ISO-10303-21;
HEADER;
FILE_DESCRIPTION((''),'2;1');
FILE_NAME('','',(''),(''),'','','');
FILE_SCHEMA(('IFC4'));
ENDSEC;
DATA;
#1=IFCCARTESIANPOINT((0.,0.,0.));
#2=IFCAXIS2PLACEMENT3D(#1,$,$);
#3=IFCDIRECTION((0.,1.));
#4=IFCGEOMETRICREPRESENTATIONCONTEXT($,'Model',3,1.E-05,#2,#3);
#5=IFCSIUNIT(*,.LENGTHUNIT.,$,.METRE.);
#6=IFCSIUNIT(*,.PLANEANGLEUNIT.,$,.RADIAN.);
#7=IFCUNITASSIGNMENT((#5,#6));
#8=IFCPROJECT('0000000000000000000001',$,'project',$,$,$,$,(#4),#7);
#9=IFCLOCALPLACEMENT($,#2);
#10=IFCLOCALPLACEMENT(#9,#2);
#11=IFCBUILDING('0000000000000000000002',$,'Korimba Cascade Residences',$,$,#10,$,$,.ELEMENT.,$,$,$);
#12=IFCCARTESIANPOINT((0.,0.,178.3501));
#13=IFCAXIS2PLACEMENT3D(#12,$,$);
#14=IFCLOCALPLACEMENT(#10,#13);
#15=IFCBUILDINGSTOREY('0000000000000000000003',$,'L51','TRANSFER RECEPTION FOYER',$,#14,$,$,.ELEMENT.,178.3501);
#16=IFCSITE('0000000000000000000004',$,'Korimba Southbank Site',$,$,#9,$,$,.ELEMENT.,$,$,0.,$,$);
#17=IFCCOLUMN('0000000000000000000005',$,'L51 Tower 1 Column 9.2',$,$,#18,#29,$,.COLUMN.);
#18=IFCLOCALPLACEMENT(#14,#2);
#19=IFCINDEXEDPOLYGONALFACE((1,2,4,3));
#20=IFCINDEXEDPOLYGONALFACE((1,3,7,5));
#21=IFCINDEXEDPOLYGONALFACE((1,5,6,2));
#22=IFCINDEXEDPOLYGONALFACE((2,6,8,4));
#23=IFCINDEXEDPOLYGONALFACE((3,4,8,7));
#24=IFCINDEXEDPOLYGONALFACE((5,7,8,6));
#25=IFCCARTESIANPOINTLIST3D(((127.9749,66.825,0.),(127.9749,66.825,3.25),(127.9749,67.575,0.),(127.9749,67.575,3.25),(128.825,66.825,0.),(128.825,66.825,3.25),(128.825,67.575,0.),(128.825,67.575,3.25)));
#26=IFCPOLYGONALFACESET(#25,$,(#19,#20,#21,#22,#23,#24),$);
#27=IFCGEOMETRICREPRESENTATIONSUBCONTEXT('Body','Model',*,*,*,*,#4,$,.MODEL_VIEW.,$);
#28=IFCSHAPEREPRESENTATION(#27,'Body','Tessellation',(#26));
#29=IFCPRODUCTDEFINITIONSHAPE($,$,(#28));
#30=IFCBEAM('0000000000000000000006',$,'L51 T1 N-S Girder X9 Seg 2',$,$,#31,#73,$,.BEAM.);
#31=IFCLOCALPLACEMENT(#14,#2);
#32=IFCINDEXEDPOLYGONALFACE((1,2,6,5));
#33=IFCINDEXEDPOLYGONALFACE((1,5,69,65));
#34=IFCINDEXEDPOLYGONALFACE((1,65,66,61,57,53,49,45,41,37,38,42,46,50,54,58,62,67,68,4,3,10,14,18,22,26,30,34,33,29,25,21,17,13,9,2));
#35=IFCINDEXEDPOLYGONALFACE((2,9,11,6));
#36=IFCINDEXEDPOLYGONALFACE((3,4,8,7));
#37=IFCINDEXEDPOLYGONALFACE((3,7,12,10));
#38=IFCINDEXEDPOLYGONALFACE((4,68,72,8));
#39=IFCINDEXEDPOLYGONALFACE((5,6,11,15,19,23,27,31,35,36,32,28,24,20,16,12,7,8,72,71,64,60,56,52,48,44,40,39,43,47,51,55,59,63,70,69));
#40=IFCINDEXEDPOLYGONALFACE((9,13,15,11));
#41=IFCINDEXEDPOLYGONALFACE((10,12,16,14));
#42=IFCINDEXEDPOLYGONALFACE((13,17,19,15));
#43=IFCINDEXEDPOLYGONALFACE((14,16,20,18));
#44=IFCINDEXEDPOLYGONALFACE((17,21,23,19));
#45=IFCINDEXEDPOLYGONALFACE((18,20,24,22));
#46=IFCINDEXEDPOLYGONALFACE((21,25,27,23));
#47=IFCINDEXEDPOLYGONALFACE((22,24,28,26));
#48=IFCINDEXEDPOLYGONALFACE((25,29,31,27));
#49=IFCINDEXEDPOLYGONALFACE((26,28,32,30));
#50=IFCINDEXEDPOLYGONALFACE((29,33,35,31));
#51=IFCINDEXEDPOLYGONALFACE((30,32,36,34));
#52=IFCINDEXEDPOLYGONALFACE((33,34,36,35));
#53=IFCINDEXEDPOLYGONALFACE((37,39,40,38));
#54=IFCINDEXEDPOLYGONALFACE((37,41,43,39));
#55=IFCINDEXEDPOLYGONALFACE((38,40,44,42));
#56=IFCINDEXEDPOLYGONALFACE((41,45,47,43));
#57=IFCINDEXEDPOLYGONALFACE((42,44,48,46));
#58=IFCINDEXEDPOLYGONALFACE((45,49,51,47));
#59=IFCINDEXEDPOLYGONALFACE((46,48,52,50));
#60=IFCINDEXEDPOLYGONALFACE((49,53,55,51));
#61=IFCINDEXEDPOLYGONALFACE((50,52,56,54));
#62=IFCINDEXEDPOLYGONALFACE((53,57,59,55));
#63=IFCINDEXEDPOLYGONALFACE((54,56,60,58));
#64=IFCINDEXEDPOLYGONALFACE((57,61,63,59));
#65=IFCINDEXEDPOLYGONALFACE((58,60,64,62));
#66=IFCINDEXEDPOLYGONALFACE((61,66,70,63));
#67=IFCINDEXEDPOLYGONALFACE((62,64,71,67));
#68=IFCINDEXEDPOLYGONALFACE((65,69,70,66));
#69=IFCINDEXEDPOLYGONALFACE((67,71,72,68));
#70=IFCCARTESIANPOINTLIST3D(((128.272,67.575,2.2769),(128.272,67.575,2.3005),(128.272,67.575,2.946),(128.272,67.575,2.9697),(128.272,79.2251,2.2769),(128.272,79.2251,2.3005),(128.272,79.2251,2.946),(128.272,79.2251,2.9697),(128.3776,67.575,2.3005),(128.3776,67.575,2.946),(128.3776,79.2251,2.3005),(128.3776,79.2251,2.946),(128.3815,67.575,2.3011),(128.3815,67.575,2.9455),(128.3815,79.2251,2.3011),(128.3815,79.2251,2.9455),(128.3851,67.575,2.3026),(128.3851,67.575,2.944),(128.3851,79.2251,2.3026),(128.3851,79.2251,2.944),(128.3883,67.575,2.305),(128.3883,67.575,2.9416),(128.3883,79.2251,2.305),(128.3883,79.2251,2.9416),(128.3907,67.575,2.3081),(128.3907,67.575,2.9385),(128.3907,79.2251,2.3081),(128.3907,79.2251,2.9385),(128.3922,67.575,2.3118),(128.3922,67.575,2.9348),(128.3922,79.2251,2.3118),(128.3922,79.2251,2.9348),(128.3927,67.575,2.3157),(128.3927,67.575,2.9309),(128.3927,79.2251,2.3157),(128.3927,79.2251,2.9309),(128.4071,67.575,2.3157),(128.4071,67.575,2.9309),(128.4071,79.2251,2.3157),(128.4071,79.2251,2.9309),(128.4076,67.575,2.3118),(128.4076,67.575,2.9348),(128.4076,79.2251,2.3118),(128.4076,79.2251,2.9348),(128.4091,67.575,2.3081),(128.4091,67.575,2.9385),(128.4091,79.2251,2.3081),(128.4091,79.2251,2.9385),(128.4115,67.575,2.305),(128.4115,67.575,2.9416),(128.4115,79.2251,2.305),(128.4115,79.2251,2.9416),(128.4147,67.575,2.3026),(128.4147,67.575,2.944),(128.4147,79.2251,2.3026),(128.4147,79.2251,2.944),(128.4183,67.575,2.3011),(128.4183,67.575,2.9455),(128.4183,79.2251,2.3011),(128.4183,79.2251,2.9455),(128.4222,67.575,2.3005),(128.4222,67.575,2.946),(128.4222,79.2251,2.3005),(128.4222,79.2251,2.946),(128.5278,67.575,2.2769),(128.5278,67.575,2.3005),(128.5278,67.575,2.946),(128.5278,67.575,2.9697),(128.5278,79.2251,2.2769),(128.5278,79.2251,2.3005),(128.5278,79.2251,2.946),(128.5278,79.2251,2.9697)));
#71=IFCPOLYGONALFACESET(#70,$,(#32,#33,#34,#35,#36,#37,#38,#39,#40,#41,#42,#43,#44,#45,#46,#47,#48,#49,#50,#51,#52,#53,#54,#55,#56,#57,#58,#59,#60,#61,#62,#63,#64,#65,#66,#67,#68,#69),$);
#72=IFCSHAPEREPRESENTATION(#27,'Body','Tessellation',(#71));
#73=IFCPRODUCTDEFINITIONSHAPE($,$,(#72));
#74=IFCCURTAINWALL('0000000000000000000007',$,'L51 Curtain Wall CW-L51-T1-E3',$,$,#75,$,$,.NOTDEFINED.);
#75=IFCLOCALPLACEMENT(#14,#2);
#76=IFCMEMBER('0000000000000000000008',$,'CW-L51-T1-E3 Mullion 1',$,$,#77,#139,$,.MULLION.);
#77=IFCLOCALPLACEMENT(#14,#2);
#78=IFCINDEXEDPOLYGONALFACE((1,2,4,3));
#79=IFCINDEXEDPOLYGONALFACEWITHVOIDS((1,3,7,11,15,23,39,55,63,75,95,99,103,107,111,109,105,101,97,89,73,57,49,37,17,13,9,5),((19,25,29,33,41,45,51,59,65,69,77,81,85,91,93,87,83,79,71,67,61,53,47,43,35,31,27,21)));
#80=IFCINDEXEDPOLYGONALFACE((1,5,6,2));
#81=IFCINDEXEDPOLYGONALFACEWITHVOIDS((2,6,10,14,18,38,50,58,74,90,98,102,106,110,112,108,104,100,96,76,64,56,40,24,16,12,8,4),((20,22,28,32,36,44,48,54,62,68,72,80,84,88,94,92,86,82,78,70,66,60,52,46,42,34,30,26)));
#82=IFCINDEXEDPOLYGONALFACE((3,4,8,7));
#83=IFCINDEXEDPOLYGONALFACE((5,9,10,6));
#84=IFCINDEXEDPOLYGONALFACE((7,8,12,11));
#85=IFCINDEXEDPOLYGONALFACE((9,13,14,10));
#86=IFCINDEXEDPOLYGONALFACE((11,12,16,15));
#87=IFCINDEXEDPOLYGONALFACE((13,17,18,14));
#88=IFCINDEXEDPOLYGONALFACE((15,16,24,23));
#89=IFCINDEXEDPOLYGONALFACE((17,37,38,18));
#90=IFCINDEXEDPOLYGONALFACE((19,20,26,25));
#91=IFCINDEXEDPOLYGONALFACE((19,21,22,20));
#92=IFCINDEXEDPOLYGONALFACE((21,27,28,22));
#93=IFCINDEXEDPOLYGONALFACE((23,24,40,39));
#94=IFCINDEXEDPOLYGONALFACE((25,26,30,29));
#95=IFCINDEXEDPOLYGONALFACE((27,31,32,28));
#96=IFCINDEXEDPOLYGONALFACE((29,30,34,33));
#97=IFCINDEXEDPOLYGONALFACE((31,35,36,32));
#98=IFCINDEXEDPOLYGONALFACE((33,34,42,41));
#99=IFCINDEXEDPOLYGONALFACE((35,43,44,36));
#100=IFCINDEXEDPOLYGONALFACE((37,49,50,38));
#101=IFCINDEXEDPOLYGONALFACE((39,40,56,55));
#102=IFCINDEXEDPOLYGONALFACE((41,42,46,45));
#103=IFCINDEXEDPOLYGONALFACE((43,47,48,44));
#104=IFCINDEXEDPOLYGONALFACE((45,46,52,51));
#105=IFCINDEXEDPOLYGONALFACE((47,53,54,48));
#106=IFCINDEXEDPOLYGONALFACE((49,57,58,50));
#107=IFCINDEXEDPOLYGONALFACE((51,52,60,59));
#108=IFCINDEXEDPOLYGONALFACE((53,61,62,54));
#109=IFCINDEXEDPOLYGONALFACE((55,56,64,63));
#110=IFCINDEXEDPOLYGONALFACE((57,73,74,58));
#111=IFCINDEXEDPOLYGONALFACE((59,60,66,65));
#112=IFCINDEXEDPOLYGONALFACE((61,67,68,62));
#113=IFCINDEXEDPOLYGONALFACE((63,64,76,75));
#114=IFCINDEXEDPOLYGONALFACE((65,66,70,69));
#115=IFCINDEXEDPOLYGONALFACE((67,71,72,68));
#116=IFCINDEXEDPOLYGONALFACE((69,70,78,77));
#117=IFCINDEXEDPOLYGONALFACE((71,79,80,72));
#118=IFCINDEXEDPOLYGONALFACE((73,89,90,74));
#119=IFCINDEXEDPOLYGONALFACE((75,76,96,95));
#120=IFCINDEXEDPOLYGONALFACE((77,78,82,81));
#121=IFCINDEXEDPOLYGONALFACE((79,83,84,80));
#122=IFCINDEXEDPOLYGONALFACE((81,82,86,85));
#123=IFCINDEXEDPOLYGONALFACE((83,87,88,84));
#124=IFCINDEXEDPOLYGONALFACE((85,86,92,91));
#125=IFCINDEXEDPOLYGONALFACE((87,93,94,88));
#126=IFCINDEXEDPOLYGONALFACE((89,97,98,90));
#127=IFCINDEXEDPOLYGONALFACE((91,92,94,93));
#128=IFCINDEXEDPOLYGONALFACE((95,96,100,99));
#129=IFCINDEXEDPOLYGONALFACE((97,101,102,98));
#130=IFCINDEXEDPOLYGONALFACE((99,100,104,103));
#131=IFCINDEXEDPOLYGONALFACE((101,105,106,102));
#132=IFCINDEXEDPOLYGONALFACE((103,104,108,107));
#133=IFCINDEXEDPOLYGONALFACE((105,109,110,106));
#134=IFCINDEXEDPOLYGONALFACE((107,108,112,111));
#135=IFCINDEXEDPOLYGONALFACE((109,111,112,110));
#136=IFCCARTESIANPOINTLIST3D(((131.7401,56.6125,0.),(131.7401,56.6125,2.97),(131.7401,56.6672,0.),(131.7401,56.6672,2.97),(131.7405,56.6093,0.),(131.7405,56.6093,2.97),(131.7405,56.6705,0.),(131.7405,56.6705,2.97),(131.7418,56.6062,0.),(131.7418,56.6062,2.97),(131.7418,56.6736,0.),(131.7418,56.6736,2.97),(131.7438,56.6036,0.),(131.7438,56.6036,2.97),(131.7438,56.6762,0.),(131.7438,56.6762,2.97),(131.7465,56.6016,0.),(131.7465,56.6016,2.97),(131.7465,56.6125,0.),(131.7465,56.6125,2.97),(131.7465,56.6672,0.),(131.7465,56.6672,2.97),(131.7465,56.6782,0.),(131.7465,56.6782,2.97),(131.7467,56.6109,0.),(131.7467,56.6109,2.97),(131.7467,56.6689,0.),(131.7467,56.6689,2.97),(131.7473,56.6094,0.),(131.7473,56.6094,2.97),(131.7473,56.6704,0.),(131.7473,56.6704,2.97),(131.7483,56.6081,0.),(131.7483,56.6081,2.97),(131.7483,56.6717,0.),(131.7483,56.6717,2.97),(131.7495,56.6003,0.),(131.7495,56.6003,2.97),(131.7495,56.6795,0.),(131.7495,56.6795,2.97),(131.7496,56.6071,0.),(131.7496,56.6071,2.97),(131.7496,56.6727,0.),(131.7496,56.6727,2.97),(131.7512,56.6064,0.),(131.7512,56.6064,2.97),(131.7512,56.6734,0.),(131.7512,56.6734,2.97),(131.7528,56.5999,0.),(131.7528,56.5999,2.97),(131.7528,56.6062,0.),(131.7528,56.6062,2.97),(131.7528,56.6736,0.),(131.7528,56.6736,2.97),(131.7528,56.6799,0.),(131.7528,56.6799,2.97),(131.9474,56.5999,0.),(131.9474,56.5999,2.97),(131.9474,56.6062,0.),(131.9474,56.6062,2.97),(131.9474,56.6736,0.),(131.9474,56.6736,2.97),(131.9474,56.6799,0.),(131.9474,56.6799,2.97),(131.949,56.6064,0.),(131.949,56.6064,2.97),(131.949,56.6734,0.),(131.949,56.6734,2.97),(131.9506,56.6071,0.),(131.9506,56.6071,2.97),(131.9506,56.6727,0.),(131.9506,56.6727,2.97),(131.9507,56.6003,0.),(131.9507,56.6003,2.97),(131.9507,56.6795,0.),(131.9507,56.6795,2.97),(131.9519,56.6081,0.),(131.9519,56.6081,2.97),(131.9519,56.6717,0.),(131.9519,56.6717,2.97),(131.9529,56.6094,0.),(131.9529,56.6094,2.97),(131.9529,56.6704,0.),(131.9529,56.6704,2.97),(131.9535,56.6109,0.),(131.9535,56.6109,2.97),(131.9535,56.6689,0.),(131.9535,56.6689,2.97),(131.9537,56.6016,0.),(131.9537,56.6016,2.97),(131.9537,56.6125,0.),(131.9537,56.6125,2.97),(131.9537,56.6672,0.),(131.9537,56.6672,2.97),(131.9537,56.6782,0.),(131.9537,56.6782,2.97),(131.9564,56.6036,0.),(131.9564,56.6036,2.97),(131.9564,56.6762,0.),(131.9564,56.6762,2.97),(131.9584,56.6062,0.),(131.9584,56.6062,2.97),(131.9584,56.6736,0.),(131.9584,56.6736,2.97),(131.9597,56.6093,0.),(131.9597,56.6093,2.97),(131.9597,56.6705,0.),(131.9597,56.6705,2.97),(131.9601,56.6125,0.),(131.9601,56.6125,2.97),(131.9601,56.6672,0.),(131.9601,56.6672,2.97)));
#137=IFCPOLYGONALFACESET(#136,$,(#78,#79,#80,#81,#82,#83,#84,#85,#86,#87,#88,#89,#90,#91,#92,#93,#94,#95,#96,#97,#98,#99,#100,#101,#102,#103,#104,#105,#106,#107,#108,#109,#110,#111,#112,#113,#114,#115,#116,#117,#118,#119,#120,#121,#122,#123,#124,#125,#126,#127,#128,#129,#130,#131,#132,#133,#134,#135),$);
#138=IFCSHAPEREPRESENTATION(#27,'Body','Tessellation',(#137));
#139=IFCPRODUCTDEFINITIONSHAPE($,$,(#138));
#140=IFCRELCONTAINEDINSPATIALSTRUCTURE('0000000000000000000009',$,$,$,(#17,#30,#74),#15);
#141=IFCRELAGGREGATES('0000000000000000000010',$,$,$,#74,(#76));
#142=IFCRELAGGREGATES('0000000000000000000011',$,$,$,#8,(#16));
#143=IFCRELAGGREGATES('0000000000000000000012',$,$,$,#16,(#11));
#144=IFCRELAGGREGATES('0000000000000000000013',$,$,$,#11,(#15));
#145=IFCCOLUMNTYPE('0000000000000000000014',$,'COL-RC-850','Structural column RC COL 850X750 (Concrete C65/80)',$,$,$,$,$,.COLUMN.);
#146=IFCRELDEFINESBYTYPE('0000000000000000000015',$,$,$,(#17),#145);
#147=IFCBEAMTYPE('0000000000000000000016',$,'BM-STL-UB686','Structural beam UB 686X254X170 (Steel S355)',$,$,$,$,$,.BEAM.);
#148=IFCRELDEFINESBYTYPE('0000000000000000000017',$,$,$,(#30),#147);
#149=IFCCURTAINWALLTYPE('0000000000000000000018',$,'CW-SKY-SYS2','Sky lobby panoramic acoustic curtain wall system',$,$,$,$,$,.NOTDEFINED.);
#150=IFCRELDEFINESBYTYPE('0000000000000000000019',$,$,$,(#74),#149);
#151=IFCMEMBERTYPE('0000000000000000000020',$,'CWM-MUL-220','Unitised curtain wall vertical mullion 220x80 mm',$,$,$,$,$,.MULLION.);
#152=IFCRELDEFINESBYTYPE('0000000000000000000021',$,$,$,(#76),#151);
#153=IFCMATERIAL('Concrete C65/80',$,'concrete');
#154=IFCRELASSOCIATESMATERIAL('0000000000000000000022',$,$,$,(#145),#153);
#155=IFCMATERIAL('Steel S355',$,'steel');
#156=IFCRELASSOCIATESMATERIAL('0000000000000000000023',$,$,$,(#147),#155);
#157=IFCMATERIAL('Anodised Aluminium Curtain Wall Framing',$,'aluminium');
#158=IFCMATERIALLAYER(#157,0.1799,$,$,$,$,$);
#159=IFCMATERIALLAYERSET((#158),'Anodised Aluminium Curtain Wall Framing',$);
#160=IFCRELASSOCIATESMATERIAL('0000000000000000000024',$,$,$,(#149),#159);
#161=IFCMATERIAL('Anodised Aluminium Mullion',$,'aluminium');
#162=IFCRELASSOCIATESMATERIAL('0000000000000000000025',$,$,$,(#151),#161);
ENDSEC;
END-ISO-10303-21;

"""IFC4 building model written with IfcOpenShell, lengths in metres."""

from ifc_helpers import new_model, si_unit, direction, frame, origin, origin_2d, place, context, subcontext, project, spatial, rectangle, hollow_rectangle, i_section, extrude, material, layer, layer_set, material_profile, profile_set, type_object, element, aggregate, save


model = new_model("IFC4")

# Units and contexts
model_context = context("Model", 3, precision=1e-05, world=origin(), true_north=direction((0.0, 1.0)))
body_context = subcontext(model_context, "Body", "Model", "MODEL_VIEW")
ifc_project = project(units=[si_unit("LENGTHUNIT", "METRE"), si_unit("PLANEANGLEUNIT", "RADIAN")], contexts=[model_context])

# Site, building, storey
site_placement = place(None, origin())
site = spatial("IfcSite", under=ifc_project, at=site_placement, Name="Korimba Southbank Site", CompositionType="ELEMENT", RefElevation=0.0)
building_placement = place(site_placement, origin())
building = spatial("IfcBuilding", under=site, at=building_placement, Name="Korimba Cascade Residences", CompositionType="ELEMENT")
storey_placement = place(building_placement, frame((0.0, 0.0, 178.3501)))
storey = spatial("IfcBuildingStorey", under=building, at=storey_placement, Name="L51", Description="TRANSFER RECEPTION FOYER", CompositionType="ELEMENT", Elevation=178.3501)

# Column
ifc_material_1 = material(Name="Concrete C65/80", Category="concrete")
ifc_material_profile_1 = material_profile(ifc_material_1, rectangle(XDim=0.8501, YDim=0.75, at=origin_2d()), Name="Concrete C65/80")
ifc_profile_set_1 = profile_set([ifc_material_profile_1], Name="Concrete C65/80")
column_type = type_object("IfcColumnType", Name="COL-RC-850", Description="Structural column RC COL 850X750 (Concrete C65/80)", PredefinedType="COLUMN", material=ifc_profile_set_1)
column_placement = place(storey_placement, frame((128.3999, 67.2, 0.0), z_axis=(0.0, 0.0, 1.0), x_axis=(1.0, 0.0, 0.0)))
element("IfcColumn", 1, at=column_placement, inside=storey, type_object=column_type, Name="L51 Tower 1 Column 9.2", PredefinedType="COLUMN", context=body_context, shape_type="SweptSolid", body=[
    extrude(rectangle(XDim=0.8501, YDim=0.75, at=origin_2d()), origin(), (0.0, 0.0, 1.0), 3.25),
])

# Beam
ifc_material_2 = material(Name="Steel S355", Category="steel")
ifc_material_profile_2 = material_profile(ifc_material_2, i_section(OverallWidth=0.2559, OverallDepth=0.6929, WebThickness=0.0144, FlangeThickness=0.0237, FilletRadius=0.0151, at=origin_2d()), Name="Steel S355")
ifc_profile_set_2 = profile_set([ifc_material_profile_2], Name="Steel S355")
beam_type = type_object("IfcBeamType", Name="BM-STL-UB686", Description="Structural beam UB 686X254X170 (Steel S355)", PredefinedType="BEAM", material=ifc_profile_set_2)
beam_placement = place(storey_placement, frame((128.3999, 67.575, 2.6233), z_axis=(0.0, 1.0, 0.0), x_axis=(-1.0, 0.0, 0.0)))
element("IfcBeam", 2, at=beam_placement, inside=storey, type_object=beam_type, Name="L51 T1 N-S Girder X9 Seg 2", PredefinedType="BEAM", context=body_context, shape_type="SweptSolid", body=[
    extrude(i_section(OverallWidth=0.2559, OverallDepth=0.6929, WebThickness=0.0144, FlangeThickness=0.0237, FilletRadius=0.0151, at=origin_2d()), origin(), (0.0, 0.0, 1.0), 11.6501),
])

# Curtain wall, member
ifc_material_3 = material(Name="Anodised Aluminium Curtain Wall Framing", Category="aluminium")
ifc_layer_1 = layer(ifc_material_3, 0.1799)
ifc_layer_set_1 = layer_set([ifc_layer_1], Name="Anodised Aluminium Curtain Wall Framing")
curtain_wall_type = type_object("IfcCurtainWallType", Name="CW-SKY-SYS2", Description="Sky lobby panoramic acoustic curtain wall system", PredefinedType="NOTDEFINED", material=ifc_layer_set_1)
curtain_wall_placement = place(storey_placement, origin())
curtain_wall = element("IfcCurtainWall", 3, at=curtain_wall_placement, inside=storey, type_object=curtain_wall_type, Name="L51 Curtain Wall CW-L51-T1-E3", PredefinedType="NOTDEFINED")
ifc_material_4 = material(Name="Anodised Aluminium Mullion", Category="aluminium")
ifc_material_profile_3 = material_profile(ifc_material_4, hollow_rectangle(XDim=0.0801, YDim=0.22, WallThickness=0.0063, InnerFilletRadius=0.0063, OuterFilletRadius=0.0127, at=origin_2d()), Name="Anodised Aluminium Mullion")
ifc_profile_set_3 = profile_set([ifc_material_profile_3], Name="Anodised Aluminium Mullion")
member_type_1 = type_object("IfcMemberType", Name="CWM-MUL-220", Description="Unitised curtain wall vertical mullion 220x80 mm", PredefinedType="MULLION", material=ifc_profile_set_3)
member_1_placement = place(storey_placement, frame((131.8501, 56.6399, 0.0), z_axis=(0.0, 0.0, 1.0), x_axis=(0.0, 1.0, 0.0)))
member_1 = element("IfcMember", 4, at=member_1_placement, type_object=member_type_1, Name="CW-L51-T1-E3 Mullion 1", PredefinedType="MULLION", context=body_context, shape_type="SweptSolid", body=[
    extrude(hollow_rectangle(XDim=0.0801, YDim=0.22, WallThickness=0.0063, InnerFilletRadius=0.0063, OuterFilletRadius=0.0127, at=origin_2d()), origin(), (0.0, 0.0, 1.0), 2.97),
])
aggregate(curtain_wall, [member_1])

save(model, "model.ifc")
